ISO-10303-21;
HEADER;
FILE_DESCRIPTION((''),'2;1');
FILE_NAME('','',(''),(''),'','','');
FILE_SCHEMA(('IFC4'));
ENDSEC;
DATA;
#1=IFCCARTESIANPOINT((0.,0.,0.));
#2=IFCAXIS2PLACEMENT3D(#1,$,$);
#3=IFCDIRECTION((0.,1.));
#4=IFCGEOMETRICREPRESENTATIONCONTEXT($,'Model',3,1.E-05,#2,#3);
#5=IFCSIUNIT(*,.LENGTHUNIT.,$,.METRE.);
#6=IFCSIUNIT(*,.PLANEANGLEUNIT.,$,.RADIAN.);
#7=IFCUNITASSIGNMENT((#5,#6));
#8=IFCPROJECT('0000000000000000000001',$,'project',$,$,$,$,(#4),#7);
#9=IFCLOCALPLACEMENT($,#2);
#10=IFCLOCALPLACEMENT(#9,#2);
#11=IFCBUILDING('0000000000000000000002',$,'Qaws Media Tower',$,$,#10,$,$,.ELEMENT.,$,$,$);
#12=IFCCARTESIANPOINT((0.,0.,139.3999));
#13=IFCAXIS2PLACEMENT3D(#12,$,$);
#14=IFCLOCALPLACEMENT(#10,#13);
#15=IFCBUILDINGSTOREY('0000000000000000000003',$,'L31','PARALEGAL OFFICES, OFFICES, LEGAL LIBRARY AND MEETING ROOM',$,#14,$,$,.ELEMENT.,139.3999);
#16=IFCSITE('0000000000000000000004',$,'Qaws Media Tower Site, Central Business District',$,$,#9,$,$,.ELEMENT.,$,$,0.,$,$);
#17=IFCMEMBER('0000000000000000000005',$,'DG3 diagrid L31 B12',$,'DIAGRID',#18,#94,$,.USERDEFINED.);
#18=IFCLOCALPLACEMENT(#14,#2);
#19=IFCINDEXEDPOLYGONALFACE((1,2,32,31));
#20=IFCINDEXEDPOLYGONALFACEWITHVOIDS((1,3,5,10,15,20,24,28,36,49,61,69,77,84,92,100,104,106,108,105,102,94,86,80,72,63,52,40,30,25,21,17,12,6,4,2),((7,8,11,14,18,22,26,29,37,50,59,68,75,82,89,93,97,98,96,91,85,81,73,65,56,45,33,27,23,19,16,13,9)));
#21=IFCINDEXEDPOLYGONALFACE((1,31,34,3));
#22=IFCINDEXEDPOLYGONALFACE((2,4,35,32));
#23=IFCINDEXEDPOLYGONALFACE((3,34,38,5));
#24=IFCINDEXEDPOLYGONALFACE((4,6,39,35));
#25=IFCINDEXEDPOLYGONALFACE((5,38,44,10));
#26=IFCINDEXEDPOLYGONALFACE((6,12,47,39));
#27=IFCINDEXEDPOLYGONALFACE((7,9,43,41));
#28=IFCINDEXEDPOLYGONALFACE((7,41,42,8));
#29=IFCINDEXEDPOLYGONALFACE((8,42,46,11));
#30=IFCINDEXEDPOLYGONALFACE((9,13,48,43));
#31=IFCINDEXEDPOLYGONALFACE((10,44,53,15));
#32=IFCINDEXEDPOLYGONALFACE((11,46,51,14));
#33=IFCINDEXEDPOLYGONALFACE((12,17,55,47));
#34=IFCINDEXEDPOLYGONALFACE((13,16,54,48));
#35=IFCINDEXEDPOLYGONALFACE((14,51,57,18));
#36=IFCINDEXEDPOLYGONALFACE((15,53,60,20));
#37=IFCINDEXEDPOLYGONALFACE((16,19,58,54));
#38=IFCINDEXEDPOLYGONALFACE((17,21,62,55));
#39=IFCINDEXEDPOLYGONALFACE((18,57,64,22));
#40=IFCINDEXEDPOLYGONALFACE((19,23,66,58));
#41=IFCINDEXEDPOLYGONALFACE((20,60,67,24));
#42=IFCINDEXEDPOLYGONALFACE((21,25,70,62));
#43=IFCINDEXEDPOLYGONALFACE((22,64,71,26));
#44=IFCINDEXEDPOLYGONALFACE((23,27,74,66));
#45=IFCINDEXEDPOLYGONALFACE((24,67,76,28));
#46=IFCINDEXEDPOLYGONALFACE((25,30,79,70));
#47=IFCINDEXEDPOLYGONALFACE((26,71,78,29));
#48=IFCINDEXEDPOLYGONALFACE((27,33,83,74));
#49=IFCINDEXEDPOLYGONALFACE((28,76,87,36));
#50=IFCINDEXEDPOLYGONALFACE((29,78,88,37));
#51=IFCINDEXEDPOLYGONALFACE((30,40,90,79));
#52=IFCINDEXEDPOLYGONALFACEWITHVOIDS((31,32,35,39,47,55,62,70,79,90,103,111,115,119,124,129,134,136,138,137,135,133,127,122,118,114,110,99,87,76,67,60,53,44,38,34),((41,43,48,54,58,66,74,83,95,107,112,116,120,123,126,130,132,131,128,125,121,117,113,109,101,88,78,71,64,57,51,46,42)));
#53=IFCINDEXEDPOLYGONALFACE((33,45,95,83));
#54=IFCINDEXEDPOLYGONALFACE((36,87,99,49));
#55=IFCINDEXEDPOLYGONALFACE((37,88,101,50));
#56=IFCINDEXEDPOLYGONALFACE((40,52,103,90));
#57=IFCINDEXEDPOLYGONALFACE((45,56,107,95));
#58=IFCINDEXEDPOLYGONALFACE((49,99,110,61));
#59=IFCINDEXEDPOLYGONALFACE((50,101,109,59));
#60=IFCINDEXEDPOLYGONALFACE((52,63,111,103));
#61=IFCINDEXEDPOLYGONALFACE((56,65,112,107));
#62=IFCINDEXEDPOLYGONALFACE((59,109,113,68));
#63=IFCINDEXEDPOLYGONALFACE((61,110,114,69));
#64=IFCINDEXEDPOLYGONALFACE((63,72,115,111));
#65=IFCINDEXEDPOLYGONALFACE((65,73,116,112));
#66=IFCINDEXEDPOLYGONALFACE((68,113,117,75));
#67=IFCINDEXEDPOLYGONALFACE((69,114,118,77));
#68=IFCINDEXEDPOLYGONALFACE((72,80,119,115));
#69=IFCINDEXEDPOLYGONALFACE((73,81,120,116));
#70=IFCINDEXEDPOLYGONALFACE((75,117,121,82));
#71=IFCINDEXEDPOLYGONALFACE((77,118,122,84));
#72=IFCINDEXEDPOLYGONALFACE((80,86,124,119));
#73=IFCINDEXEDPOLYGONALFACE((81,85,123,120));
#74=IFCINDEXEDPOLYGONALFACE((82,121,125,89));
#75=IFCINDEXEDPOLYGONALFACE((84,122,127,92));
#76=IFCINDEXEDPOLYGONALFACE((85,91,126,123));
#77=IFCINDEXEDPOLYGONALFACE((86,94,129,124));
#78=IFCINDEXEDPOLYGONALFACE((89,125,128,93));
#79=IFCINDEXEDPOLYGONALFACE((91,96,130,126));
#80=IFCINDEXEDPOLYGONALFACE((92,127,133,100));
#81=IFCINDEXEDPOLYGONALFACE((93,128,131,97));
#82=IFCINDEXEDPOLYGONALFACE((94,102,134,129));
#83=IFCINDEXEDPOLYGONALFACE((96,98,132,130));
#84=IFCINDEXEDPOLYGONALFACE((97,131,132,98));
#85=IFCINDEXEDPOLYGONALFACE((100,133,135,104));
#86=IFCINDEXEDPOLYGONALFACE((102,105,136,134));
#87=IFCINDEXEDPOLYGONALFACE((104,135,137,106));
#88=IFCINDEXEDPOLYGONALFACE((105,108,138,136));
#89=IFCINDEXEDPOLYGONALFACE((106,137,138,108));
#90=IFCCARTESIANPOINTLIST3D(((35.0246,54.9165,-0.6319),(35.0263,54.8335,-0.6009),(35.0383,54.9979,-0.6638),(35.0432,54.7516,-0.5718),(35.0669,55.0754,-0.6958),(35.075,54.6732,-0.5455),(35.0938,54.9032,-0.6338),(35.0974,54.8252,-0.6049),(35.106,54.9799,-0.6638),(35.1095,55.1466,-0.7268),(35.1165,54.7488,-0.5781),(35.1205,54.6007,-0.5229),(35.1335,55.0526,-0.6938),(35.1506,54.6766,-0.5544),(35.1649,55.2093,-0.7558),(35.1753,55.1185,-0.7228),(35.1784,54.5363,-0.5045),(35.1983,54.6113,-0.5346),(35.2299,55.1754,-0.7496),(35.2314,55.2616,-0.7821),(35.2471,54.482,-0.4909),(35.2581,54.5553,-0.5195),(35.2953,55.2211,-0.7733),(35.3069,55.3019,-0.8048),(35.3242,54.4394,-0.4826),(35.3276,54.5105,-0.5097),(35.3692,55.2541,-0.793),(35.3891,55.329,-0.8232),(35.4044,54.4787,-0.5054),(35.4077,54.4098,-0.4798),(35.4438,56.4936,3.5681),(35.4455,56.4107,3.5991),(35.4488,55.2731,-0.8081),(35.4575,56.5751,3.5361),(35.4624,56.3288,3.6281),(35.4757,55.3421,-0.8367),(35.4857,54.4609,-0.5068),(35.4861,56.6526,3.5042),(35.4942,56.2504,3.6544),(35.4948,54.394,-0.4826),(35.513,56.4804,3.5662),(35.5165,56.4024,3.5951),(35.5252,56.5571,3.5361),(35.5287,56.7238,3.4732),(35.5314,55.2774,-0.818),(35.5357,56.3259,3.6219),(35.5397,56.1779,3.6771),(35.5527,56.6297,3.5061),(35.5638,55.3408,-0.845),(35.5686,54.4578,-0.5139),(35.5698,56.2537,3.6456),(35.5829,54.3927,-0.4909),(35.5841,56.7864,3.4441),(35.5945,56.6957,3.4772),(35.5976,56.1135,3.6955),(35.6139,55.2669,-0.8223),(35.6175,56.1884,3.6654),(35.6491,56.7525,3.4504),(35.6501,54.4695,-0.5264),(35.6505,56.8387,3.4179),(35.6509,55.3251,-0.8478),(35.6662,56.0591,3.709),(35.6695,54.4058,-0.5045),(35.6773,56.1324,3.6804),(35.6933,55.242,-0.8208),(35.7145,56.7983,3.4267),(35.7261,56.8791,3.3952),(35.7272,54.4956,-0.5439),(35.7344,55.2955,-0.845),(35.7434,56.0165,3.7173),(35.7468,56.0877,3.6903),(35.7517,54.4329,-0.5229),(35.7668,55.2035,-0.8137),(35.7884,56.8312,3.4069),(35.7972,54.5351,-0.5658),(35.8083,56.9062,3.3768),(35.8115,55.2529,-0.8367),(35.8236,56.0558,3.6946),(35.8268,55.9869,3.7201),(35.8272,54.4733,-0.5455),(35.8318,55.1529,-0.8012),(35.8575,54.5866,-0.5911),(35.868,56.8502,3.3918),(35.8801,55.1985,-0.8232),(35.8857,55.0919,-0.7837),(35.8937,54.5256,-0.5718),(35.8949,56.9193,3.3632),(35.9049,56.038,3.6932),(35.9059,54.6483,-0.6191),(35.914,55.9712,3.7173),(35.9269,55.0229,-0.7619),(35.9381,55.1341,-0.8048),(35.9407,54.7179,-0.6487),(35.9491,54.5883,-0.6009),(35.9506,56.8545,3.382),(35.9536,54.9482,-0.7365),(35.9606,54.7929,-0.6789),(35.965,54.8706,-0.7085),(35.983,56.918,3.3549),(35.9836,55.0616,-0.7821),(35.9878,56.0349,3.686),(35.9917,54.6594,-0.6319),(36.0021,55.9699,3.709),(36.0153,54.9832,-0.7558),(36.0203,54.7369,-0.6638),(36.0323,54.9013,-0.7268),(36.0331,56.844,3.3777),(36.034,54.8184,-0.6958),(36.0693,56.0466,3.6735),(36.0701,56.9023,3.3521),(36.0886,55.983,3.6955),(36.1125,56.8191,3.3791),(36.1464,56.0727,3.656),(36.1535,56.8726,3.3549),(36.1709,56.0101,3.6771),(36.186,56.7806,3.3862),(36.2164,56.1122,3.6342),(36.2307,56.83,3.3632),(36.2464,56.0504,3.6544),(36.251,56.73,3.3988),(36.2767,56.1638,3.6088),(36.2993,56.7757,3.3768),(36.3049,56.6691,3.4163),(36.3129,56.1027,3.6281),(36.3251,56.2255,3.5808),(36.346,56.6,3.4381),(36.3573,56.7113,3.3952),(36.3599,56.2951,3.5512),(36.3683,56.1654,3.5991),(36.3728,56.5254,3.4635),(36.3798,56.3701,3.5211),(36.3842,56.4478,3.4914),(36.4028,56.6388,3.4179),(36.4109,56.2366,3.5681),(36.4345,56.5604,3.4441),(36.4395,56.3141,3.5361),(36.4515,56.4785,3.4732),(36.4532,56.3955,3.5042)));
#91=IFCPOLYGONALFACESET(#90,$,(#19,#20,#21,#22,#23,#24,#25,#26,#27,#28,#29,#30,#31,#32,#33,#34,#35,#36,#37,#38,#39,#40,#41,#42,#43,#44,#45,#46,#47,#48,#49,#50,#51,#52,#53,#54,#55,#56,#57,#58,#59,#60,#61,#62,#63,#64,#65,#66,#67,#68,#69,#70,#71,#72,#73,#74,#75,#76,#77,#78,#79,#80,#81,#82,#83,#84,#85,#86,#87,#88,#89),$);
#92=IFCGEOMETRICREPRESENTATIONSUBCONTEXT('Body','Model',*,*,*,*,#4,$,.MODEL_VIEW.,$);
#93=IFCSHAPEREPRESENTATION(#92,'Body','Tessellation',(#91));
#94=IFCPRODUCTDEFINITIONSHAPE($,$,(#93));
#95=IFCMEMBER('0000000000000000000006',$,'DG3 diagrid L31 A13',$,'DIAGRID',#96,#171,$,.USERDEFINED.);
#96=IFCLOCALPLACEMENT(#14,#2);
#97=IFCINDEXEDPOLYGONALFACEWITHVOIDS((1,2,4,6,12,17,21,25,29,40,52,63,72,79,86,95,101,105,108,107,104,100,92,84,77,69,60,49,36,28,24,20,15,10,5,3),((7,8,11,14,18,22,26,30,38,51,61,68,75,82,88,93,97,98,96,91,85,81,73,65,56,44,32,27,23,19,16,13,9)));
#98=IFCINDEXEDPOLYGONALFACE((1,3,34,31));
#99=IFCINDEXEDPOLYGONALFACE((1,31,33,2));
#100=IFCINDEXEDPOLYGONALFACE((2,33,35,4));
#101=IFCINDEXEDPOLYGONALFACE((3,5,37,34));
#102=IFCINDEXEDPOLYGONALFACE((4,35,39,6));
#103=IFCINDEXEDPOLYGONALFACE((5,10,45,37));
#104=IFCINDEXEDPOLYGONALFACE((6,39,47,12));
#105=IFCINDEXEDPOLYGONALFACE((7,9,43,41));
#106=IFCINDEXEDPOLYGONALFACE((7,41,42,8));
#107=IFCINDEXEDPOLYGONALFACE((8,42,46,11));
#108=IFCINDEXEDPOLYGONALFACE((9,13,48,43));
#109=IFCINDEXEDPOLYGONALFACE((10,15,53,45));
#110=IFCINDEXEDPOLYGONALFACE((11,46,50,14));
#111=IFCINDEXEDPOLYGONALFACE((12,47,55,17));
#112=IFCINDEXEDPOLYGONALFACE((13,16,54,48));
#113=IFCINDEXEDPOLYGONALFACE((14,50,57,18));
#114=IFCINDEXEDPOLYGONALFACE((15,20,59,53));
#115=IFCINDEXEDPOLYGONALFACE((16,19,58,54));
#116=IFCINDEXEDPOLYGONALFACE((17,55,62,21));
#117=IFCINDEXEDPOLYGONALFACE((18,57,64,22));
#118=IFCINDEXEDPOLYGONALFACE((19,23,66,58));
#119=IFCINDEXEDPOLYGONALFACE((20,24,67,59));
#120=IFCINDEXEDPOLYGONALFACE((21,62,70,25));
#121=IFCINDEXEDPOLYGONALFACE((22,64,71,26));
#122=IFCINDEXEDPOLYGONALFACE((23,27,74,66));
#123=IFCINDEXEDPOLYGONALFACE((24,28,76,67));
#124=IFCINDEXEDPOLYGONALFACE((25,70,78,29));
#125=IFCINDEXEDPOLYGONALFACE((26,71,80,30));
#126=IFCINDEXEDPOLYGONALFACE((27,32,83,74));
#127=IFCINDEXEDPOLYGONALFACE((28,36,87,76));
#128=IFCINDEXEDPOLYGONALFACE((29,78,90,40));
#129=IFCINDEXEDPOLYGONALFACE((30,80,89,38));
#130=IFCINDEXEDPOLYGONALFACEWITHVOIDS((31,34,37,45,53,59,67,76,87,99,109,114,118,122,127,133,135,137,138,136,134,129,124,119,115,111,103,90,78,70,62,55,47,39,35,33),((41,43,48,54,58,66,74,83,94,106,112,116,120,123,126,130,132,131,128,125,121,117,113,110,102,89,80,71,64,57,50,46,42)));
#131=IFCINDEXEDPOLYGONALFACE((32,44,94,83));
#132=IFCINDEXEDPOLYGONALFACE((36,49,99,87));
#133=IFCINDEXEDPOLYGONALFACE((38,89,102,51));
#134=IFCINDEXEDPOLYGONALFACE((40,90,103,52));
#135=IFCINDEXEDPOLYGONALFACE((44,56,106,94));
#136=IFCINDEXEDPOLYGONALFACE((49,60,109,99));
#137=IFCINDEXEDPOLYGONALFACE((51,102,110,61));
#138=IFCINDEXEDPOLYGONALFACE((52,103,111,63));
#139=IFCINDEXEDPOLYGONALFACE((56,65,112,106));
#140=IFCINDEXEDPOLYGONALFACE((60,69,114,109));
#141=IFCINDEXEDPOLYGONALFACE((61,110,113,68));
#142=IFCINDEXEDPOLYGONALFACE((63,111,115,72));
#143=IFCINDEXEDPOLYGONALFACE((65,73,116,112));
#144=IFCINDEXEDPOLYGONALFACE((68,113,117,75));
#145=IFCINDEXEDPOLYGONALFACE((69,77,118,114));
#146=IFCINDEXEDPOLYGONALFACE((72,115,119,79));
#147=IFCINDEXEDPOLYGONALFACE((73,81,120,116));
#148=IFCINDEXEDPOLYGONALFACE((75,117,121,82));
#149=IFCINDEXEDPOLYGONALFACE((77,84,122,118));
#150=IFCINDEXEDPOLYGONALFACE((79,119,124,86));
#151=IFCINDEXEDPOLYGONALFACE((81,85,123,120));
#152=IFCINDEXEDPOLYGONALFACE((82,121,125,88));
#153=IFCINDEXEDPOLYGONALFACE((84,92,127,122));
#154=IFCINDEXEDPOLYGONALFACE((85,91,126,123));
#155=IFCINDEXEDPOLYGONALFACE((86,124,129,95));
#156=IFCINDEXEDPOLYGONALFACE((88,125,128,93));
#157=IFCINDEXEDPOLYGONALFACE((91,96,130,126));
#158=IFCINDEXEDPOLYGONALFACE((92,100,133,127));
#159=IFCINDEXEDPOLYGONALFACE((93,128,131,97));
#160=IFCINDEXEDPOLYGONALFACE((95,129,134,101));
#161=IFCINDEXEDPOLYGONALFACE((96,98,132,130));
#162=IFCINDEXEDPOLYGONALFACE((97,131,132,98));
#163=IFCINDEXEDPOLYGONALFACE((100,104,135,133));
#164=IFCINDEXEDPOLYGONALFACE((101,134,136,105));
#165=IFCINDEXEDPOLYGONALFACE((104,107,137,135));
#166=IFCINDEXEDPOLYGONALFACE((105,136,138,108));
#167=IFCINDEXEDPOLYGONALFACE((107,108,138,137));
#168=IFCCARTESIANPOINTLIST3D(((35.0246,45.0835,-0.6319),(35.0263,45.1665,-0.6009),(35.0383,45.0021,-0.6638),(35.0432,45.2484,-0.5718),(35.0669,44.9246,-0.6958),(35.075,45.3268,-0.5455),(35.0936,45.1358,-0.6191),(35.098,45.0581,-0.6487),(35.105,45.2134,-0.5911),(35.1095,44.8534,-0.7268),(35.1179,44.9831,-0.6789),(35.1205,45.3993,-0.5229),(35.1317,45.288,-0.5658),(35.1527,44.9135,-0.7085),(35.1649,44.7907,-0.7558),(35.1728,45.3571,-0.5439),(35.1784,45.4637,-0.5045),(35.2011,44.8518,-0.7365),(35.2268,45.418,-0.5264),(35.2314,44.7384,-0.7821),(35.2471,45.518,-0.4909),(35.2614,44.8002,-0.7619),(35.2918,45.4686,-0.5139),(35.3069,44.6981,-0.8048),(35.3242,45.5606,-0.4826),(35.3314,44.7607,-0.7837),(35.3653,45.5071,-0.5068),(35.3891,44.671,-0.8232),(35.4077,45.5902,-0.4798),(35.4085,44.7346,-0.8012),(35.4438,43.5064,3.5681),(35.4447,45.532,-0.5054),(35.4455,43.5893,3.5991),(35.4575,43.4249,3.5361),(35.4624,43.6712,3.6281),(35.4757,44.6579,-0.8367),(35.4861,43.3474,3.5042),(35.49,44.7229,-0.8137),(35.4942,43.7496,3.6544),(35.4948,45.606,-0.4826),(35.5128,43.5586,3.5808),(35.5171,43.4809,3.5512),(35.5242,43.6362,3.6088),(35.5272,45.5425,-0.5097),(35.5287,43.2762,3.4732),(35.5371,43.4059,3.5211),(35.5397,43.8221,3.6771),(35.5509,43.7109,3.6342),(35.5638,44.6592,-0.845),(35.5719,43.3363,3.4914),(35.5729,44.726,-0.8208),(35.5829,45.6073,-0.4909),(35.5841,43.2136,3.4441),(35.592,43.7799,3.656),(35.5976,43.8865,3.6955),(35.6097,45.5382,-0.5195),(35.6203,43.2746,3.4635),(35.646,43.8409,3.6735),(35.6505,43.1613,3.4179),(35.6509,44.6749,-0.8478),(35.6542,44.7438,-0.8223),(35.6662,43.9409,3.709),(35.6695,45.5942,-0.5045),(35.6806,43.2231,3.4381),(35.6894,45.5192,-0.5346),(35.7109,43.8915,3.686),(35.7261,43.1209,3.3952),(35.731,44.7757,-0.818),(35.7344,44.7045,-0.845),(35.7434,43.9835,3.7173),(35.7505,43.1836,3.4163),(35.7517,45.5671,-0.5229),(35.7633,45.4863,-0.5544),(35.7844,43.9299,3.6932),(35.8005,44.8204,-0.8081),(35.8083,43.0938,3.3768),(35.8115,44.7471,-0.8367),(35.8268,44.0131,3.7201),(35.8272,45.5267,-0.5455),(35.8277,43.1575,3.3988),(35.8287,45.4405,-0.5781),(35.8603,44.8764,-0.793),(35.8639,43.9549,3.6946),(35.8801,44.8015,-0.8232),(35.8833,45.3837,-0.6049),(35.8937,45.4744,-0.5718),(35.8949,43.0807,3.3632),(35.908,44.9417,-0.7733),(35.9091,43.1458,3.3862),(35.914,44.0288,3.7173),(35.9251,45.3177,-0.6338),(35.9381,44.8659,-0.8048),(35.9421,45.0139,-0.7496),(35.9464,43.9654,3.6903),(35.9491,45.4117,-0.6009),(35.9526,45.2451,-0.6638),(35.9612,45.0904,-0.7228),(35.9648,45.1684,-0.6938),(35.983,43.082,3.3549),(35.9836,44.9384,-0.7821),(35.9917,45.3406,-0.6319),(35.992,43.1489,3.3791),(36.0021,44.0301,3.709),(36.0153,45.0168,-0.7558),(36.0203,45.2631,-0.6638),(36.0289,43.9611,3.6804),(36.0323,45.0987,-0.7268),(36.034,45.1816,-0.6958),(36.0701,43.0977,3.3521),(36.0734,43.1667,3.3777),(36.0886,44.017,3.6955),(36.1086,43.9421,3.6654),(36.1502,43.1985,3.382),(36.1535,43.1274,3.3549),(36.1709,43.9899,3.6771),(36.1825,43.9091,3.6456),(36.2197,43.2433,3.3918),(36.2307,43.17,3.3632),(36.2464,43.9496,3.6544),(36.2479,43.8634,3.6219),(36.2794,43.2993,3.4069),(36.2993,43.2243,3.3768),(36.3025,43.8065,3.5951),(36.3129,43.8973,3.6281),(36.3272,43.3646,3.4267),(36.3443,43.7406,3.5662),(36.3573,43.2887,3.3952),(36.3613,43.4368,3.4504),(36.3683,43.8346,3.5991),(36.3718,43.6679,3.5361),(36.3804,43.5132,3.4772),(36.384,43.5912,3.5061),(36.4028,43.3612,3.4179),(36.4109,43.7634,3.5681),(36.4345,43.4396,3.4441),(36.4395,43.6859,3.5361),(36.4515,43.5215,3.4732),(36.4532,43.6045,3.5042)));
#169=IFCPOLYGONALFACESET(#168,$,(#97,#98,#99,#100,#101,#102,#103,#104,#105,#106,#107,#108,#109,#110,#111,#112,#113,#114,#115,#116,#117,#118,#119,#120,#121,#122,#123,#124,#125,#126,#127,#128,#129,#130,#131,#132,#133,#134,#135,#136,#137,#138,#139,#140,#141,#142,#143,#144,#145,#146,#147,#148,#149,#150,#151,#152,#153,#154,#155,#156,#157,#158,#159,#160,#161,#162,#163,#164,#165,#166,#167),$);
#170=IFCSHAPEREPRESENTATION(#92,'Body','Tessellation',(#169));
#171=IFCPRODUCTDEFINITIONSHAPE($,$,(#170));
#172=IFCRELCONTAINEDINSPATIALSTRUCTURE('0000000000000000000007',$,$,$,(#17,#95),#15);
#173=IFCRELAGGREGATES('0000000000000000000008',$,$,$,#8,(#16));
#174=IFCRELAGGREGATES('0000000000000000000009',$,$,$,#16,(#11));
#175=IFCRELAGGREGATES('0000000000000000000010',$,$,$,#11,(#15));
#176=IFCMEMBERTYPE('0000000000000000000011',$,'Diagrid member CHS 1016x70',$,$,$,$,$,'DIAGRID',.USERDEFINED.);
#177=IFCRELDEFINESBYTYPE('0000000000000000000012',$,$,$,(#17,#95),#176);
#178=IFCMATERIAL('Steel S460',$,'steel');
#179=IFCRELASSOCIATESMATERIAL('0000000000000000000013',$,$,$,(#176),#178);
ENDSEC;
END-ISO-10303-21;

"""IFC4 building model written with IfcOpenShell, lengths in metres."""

from ifc_helpers import new_model, si_unit, direction, frame, origin, origin_2d, place, context, subcontext, project, spatial, hollow_circle, extrude, material, material_profile, profile_set, type_object, element, save


model = new_model("IFC4")

# Units and contexts
model_context = context("Model", 3, precision=1e-05, world=origin(), true_north=direction((0.0, 1.0)))
body_context = subcontext(model_context, "Body", "Model", "MODEL_VIEW")
ifc_project = project(units=[si_unit("LENGTHUNIT", "METRE"), si_unit("PLANEANGLEUNIT", "RADIAN")], contexts=[model_context])

# Site, building, storey
site_placement = place(None, origin())
site = spatial("IfcSite", under=ifc_project, at=site_placement, Name="Qaws Media Tower Site, Central Business District", CompositionType="ELEMENT", RefElevation=0.0)
building_placement = place(site_placement, origin())
building = spatial("IfcBuilding", under=site, at=building_placement, Name="Qaws Media Tower", CompositionType="ELEMENT")
storey_placement = place(building_placement, frame((0.0, 0.0, 139.3999)))
storey = spatial("IfcBuildingStorey", under=building, at=storey_placement, Name="L31", Description="PARALEGAL OFFICES, OFFICES, LEGAL LIBRARY AND MEETING ROOM", CompositionType="ELEMENT", Elevation=139.3999)

# Members
ifc_material_1 = material(Name="Steel S460", Category="steel")
ifc_material_profile_1 = material_profile(ifc_material_1, hollow_circle(Radius=0.5081, WallThickness=0.0701, at=origin_2d()), Name="CHS 1016x70")
ifc_profile_set_1 = profile_set([ifc_material_profile_1], Name="Steel S460")
member_type_1 = type_object("IfcMemberType", Name="Diagrid member CHS 1016x70", ElementType="DIAGRID", PredefinedType="USERDEFINED", material=ifc_profile_set_1)
for number, where, z_axis, x_axis, name in (
    (1, (35.5293, 54.8674, -0.6638), (0.093032, 0.350022, 0.93211), (-0.966446, 0.256871, 0.0), "DG3 diagrid L31 B12"),
    (2, (35.5293, 45.1326, -0.6638), (0.093032, -0.350022, 0.93211), (0.966446, 0.256871, 0.0), "DG3 diagrid L31 A13"),
):
    element("IfcMember", number, at=place(storey_placement, frame(where, z_axis=z_axis, x_axis=x_axis)), inside=storey, type_object=member_type_1, Name=name, ObjectType="DIAGRID", PredefinedType="USERDEFINED", context=body_context, shape_type="SweptSolid", body=[
        extrude(hollow_circle(Radius=0.5081, WallThickness=0.0701, at=origin_2d()), origin(), (0.0, 0.0, 1.0), 4.5059),
    ])

save(model, "model.ifc")
